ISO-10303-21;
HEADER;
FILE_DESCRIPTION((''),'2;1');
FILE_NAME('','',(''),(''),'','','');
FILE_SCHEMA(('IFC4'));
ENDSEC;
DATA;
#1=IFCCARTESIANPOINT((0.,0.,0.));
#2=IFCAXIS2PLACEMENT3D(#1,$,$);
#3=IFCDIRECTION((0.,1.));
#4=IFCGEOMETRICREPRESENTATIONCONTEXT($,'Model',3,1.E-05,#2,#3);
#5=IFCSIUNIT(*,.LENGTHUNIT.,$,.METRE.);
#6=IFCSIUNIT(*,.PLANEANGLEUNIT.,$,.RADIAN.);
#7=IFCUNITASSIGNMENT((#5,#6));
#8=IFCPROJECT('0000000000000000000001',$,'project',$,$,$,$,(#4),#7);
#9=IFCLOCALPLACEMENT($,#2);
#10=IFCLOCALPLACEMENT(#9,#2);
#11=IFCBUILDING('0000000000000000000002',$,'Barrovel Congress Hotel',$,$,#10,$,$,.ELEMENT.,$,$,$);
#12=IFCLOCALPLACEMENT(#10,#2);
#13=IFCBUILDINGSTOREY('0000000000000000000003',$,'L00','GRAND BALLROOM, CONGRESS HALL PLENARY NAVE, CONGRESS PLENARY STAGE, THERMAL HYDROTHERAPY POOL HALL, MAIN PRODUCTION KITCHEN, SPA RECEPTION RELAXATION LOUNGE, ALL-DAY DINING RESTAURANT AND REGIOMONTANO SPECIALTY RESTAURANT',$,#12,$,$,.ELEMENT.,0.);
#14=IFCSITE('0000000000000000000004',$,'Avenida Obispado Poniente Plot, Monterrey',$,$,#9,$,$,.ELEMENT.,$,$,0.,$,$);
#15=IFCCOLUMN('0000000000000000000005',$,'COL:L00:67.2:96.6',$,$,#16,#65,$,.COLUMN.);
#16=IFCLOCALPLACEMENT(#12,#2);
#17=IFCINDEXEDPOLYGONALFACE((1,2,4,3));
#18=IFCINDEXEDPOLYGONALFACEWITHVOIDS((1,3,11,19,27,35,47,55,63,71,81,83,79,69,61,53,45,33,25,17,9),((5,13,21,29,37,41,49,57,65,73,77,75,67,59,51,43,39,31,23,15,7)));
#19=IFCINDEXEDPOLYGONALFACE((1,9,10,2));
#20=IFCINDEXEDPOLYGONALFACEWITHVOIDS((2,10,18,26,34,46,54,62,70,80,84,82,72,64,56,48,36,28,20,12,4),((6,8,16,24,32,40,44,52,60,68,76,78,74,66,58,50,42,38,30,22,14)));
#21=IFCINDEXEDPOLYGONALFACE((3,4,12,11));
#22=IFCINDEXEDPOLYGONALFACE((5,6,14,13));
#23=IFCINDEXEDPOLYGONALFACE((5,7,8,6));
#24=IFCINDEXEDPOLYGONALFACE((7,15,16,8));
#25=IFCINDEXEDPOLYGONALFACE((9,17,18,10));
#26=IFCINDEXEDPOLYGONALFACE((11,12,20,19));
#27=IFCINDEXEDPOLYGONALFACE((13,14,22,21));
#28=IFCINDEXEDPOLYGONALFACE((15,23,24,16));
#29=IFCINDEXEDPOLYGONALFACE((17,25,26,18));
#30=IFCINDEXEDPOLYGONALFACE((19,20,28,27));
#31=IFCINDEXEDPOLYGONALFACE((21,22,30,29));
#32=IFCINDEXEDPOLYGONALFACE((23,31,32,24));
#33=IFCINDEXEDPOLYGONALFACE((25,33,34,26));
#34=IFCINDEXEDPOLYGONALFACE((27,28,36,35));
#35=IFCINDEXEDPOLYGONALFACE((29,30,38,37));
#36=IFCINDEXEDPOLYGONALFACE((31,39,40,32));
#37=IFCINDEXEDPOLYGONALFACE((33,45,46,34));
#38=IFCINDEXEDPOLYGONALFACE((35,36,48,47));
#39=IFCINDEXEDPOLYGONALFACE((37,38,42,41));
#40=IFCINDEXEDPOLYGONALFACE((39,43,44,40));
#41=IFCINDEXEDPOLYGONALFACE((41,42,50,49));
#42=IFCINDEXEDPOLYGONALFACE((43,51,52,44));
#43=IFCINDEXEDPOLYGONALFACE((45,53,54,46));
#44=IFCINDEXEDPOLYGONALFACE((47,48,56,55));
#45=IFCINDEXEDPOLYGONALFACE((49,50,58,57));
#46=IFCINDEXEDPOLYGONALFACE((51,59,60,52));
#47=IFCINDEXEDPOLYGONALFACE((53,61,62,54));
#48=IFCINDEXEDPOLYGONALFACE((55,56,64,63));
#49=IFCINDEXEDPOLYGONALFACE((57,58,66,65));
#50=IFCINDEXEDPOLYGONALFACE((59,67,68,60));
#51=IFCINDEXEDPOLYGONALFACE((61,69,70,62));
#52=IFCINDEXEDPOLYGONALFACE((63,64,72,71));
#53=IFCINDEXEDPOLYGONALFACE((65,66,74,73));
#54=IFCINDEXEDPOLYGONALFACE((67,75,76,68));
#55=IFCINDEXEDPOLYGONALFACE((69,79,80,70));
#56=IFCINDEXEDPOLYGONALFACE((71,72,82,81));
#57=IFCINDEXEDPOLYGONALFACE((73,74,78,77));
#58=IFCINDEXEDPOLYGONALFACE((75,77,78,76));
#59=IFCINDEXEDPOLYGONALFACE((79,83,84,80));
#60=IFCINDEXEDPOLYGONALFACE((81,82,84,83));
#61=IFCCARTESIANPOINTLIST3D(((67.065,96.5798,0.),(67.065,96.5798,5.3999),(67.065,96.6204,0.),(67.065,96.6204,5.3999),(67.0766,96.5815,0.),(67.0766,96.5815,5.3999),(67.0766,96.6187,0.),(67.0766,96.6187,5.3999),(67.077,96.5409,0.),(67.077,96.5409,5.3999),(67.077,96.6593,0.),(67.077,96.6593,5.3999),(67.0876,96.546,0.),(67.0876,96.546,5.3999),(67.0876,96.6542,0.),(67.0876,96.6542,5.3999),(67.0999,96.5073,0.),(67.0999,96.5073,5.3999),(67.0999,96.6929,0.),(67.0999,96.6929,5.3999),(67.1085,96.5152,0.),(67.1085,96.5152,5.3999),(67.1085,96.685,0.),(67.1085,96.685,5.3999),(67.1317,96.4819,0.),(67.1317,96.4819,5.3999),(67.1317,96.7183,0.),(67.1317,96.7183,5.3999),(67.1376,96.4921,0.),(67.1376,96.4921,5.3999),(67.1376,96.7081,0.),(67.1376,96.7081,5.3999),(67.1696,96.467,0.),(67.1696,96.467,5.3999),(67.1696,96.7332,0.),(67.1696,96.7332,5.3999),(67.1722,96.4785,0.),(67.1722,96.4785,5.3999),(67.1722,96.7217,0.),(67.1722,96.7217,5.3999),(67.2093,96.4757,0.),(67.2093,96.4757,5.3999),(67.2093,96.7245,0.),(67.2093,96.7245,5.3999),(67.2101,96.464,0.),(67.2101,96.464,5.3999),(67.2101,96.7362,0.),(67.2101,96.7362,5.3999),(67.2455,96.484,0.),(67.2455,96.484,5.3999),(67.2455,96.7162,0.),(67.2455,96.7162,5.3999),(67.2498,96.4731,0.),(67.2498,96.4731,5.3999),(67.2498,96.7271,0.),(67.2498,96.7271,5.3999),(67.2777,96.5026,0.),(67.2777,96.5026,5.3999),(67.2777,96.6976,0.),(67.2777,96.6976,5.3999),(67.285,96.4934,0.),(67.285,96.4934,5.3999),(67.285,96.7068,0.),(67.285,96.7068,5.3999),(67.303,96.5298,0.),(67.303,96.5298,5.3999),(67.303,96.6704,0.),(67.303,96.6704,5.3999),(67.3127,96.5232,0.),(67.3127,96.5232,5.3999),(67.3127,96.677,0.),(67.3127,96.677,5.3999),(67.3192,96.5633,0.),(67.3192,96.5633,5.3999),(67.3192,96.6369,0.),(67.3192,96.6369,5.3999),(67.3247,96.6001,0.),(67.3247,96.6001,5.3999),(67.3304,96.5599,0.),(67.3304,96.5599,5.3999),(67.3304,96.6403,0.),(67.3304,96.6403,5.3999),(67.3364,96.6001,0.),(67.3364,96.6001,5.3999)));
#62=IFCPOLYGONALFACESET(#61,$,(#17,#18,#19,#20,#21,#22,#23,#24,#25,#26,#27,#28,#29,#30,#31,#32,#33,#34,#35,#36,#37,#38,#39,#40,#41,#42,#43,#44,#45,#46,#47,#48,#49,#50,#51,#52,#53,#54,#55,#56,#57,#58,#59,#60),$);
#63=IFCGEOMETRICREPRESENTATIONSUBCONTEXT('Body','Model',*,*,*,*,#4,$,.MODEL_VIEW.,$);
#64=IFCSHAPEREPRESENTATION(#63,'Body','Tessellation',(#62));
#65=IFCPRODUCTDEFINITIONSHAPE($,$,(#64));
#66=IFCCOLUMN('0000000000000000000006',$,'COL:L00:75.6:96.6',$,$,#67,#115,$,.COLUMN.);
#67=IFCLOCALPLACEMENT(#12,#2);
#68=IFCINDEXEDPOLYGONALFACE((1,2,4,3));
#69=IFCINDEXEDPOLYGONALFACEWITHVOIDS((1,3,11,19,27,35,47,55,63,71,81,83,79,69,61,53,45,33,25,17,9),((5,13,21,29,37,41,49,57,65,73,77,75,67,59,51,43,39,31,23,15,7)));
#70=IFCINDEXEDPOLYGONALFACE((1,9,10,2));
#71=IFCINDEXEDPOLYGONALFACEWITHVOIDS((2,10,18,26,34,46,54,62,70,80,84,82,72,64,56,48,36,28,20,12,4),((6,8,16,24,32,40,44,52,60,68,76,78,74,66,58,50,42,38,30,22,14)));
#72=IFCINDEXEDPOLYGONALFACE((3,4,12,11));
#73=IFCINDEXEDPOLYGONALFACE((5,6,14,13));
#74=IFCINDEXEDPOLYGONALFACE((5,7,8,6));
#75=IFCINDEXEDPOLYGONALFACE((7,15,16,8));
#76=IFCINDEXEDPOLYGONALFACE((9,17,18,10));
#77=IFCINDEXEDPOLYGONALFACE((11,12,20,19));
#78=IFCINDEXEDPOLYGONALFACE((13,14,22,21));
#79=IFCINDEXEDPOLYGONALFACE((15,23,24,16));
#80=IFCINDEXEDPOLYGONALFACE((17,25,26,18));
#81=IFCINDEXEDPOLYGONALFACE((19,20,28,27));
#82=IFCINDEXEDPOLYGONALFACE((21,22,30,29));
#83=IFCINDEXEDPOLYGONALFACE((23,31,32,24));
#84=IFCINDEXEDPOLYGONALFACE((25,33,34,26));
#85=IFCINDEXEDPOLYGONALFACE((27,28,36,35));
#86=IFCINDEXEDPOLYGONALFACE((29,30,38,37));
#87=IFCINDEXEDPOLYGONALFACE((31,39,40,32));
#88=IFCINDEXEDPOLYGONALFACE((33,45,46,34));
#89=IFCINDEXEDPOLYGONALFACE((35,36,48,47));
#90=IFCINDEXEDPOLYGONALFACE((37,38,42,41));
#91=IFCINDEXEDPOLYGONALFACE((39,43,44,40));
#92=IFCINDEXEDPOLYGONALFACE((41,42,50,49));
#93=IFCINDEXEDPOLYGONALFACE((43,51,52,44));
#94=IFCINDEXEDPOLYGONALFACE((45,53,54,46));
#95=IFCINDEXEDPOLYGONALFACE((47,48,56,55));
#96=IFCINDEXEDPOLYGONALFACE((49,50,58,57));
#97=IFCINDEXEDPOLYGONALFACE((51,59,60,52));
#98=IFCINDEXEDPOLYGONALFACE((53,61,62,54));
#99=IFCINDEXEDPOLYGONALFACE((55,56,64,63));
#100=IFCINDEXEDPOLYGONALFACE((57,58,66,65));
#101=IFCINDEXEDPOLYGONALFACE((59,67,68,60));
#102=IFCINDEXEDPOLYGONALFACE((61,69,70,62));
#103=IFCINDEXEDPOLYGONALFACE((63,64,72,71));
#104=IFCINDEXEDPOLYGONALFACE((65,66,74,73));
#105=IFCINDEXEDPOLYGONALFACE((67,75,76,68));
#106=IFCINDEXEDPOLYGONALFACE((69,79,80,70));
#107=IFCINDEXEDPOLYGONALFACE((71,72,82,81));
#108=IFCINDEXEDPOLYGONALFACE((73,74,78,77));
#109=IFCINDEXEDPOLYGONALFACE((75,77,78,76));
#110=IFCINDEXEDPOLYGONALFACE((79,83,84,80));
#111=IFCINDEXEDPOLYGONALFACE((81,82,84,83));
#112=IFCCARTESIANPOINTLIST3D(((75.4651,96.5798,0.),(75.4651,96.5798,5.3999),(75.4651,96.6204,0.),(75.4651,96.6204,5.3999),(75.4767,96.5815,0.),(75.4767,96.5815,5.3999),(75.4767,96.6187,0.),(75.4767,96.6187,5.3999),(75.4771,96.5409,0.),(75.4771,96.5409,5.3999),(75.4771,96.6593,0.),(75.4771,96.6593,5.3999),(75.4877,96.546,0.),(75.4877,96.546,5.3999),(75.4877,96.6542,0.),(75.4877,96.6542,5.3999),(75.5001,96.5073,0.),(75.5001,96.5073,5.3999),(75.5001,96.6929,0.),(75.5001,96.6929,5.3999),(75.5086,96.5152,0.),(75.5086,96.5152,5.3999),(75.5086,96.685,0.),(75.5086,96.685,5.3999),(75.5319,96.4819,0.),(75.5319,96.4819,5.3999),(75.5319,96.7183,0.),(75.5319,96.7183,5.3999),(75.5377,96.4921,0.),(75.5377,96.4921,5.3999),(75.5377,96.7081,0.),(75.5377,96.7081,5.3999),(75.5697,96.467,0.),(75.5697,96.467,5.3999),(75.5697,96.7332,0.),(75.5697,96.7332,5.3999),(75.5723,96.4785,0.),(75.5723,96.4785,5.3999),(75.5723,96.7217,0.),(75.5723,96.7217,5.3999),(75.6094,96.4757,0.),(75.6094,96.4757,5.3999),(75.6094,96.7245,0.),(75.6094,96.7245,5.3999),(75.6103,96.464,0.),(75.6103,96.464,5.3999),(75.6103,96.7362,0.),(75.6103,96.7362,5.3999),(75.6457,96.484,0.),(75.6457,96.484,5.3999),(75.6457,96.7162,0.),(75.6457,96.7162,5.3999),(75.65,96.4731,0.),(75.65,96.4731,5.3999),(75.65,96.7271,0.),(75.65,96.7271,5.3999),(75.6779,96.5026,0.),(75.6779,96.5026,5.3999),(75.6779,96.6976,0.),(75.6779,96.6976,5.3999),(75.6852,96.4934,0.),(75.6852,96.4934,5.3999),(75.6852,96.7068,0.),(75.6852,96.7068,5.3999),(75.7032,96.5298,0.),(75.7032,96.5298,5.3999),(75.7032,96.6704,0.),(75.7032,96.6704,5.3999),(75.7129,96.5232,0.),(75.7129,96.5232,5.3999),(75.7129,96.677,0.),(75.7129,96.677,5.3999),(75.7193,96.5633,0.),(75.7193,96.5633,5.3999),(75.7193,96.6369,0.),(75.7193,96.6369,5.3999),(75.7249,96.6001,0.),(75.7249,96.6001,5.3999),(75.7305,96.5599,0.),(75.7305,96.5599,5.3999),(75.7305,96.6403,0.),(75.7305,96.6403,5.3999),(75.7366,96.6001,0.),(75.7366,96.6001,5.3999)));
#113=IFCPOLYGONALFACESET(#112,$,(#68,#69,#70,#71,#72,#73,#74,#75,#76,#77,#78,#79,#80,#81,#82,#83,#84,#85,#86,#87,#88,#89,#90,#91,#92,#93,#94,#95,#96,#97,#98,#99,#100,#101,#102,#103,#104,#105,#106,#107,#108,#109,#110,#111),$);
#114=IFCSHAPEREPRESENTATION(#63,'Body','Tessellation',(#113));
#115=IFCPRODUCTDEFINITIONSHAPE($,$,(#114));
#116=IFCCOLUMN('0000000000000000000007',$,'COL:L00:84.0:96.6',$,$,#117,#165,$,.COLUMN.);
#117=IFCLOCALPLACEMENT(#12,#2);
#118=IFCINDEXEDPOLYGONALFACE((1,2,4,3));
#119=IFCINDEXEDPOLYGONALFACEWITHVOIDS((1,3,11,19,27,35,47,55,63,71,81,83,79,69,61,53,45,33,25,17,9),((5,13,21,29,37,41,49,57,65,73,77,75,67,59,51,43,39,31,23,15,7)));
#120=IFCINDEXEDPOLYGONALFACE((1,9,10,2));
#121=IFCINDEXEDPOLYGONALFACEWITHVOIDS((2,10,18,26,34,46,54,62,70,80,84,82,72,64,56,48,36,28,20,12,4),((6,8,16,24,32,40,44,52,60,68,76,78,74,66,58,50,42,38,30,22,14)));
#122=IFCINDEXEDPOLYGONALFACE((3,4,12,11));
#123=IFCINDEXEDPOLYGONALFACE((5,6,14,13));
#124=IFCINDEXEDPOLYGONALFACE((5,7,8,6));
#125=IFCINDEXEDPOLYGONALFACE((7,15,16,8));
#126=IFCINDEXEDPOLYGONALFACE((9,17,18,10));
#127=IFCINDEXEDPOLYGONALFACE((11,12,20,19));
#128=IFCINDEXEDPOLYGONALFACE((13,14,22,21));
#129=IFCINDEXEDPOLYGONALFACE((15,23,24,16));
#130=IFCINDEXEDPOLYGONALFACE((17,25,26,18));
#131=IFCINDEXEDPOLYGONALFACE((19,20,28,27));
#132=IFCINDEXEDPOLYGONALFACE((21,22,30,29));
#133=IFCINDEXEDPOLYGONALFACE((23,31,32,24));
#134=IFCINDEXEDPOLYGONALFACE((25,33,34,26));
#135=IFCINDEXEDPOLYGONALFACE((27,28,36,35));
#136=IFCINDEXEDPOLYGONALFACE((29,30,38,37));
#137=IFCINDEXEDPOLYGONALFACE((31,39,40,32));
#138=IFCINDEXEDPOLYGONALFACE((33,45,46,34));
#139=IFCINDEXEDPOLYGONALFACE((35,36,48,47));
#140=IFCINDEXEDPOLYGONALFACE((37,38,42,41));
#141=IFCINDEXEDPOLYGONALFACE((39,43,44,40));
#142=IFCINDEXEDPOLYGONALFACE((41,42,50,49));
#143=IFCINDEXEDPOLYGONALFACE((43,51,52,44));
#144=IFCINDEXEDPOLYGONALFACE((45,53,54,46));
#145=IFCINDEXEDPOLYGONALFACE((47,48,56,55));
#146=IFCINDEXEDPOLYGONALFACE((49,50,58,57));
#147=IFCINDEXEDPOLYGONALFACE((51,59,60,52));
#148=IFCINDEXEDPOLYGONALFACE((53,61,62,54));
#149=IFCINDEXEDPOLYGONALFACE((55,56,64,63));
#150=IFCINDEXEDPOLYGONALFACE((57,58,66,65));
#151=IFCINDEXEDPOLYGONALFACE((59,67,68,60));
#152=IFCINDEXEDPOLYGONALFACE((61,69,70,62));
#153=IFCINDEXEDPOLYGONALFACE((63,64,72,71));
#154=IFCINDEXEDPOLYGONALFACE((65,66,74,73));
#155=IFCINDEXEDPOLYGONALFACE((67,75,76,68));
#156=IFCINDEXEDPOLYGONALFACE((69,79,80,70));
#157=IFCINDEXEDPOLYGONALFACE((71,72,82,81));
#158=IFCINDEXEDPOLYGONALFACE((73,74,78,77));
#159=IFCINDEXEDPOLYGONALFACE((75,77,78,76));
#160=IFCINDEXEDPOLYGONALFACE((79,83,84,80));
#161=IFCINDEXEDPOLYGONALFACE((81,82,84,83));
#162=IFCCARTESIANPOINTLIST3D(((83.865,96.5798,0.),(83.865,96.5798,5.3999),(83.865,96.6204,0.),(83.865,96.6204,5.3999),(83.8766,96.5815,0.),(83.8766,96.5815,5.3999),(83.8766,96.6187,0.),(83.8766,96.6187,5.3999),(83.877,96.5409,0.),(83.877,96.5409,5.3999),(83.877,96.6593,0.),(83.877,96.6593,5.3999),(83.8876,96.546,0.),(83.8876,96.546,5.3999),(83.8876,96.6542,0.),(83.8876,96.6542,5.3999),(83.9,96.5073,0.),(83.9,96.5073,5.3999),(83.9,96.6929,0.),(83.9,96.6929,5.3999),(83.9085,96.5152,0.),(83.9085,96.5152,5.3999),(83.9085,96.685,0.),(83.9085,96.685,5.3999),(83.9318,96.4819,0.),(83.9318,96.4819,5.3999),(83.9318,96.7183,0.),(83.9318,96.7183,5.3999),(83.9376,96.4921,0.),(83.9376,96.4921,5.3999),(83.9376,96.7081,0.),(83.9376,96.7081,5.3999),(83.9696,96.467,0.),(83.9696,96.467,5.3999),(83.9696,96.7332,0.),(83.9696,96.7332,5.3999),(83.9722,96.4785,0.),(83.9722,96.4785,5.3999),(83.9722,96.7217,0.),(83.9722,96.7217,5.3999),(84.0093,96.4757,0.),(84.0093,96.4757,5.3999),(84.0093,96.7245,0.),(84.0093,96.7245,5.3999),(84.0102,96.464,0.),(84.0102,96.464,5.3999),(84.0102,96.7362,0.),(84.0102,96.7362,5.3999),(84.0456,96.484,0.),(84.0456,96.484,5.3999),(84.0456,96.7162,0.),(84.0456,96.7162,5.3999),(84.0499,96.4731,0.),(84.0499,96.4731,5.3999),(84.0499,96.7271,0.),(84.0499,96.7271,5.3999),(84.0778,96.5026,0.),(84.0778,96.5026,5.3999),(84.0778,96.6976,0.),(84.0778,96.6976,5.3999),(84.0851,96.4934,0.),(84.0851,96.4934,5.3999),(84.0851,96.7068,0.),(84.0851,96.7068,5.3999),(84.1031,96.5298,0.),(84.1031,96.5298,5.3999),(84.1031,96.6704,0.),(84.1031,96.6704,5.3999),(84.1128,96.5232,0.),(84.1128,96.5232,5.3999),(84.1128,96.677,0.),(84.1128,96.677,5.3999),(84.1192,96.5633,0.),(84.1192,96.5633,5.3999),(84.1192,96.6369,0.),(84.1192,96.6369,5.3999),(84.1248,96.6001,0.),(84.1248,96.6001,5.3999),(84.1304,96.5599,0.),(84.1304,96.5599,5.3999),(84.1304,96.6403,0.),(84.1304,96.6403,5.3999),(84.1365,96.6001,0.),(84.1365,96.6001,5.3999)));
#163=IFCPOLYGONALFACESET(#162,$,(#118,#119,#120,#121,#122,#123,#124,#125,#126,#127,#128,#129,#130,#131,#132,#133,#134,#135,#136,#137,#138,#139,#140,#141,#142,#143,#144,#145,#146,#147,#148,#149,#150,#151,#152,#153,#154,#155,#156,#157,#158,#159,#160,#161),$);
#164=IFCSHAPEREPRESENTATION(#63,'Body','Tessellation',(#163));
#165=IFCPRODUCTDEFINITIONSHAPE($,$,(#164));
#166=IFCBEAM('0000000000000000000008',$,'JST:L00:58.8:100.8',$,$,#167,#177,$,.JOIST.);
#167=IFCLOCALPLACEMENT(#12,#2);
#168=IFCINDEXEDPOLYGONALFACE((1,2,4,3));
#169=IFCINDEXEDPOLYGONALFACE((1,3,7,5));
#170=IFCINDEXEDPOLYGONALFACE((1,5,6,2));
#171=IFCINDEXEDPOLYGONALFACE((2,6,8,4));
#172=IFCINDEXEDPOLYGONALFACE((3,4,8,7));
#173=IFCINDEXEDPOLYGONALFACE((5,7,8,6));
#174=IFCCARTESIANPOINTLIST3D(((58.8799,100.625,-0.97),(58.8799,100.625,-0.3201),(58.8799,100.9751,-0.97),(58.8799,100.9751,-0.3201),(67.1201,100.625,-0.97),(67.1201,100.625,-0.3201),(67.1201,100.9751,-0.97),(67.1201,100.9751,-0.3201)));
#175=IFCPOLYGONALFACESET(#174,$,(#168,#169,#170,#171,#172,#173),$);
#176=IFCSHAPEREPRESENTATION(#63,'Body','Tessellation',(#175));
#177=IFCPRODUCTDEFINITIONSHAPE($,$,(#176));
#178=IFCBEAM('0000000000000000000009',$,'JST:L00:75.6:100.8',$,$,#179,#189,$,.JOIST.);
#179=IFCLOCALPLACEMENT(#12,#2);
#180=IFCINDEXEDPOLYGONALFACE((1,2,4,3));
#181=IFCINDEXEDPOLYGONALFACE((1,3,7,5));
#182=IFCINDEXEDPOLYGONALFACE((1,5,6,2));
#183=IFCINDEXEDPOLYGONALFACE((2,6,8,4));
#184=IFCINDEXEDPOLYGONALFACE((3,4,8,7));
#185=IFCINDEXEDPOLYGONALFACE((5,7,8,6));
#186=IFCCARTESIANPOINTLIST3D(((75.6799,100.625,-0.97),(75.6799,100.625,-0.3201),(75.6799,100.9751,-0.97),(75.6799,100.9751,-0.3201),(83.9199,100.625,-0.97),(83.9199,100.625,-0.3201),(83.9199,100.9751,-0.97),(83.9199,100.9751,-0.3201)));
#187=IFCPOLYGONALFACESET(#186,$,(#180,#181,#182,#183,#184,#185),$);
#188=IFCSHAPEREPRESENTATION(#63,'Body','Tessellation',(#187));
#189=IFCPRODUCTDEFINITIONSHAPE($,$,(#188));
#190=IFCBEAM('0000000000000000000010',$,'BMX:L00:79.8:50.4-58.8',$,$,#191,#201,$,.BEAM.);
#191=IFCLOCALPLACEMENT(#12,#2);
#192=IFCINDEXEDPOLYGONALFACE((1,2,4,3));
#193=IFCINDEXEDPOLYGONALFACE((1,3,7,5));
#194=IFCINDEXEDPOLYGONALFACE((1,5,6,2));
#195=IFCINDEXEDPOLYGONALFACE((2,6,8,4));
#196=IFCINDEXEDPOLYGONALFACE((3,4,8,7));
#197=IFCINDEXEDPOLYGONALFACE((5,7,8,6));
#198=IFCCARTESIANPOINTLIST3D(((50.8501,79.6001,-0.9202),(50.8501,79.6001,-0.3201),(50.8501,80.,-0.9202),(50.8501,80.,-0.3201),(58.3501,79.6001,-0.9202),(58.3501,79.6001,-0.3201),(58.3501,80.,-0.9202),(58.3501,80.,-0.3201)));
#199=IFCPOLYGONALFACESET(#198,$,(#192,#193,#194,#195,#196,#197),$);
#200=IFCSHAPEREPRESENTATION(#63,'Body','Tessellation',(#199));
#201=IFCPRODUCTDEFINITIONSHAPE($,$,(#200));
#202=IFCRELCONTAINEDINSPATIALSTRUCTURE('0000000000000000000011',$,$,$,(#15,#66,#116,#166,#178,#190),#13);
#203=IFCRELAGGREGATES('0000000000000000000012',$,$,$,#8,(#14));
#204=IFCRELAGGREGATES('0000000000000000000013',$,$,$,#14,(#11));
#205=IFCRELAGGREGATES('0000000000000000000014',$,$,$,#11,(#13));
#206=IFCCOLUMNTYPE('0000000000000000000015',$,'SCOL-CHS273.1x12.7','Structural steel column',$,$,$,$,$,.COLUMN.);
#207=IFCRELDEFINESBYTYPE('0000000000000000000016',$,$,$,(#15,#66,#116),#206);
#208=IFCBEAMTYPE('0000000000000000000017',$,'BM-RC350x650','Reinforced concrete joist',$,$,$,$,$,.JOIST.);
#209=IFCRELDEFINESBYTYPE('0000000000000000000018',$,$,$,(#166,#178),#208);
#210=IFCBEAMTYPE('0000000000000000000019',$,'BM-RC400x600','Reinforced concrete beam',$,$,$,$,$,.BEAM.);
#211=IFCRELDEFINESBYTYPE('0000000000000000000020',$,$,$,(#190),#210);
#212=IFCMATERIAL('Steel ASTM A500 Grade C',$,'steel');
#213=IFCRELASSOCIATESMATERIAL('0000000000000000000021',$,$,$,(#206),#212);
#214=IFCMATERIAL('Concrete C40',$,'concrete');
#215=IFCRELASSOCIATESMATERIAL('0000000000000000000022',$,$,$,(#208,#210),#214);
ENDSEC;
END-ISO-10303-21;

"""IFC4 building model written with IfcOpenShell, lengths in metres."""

from ifc_helpers import new_model, si_unit, direction, frame, origin, origin_2d, place, context, subcontext, project, spatial, rectangle, hollow_circle, extrude, material, material_profile, profile_set, type_object, element, save


model = new_model("IFC4")

# Units and contexts
model_context = context("Model", 3, precision=1e-05, world=origin(), true_north=direction((0.0, 1.0)))
body_context = subcontext(model_context, "Body", "Model", "MODEL_VIEW")
ifc_project = project(units=[si_unit("LENGTHUNIT", "METRE"), si_unit("PLANEANGLEUNIT", "RADIAN")], contexts=[model_context])

# Site, building, storey
site_placement = place(None, origin())
site = spatial("IfcSite", under=ifc_project, at=site_placement, Name="Avenida Obispado Poniente Plot, Monterrey", CompositionType="ELEMENT", RefElevation=0.0)
building_placement = place(site_placement, origin())
building = spatial("IfcBuilding", under=site, at=building_placement, Name="Barrovel Congress Hotel", CompositionType="ELEMENT")
storey_placement = place(building_placement, origin())
storey = spatial("IfcBuildingStorey", under=building, at=storey_placement, Name="L00", Description="GRAND BALLROOM, CONGRESS HALL PLENARY NAVE, CONGRESS PLENARY STAGE, THERMAL HYDROTHERAPY POOL HALL, MAIN PRODUCTION KITCHEN, SPA RECEPTION RELAXATION LOUNGE, ALL-DAY DINING RESTAURANT AND REGIOMONTANO SPECIALTY RESTAURANT", CompositionType="ELEMENT", Elevation=0.0)

# Shared definitions
ifc_material_1 = material(Name="Concrete C40", Category="concrete")

# Columns
ifc_material_2 = material(Name="Steel ASTM A500 Grade C", Category="steel")
ifc_material_profile_1 = material_profile(ifc_material_2, hollow_circle(Radius=0.1365, WallThickness=0.0117, at=origin_2d()), Name="CHS273.1x12.7")
ifc_profile_set_1 = profile_set([ifc_material_profile_1], Name="Steel ASTM A500 Grade C")
column_type_1 = type_object("IfcColumnType", Name="SCOL-CHS273.1x12.7", Description="Structural steel column", PredefinedType="COLUMN", material=ifc_profile_set_1)
for number, where, z_axis, x_axis, name in (
    (1, (67.2, 96.6001, 0.0), (0.0, 0.0, 1.0), (1.0, 0.0, 0.0), "COL:L00:67.2:96.6"),
    (2, (75.6001, 96.6001, 0.0), (0.0, 0.0, 1.0), (1.0, 0.0, 0.0), "COL:L00:75.6:96.6"),
    (3, (84.0, 96.6001, 0.0), (0.0, 0.0, 1.0), (1.0, 0.0, 0.0), "COL:L00:84.0:96.6"),
):
    element("IfcColumn", number, at=place(storey_placement, frame(where, z_axis=z_axis, x_axis=x_axis)), inside=storey, type_object=column_type_1, Name=name, PredefinedType="COLUMN", context=body_context, shape_type="SweptSolid", body=[
        extrude(hollow_circle(Radius=0.1365, WallThickness=0.0117, at=origin_2d()), origin(), (0.0, 0.0, 1.0), 5.3999),
    ])

# Beams
ifc_material_profile_2 = material_profile(ifc_material_1, rectangle(XDim=0.3501, YDim=0.6499, at=origin_2d()), Name="RC350x650")
ifc_profile_set_2 = profile_set([ifc_material_profile_2], Name="Concrete C40")
beam_type_1 = type_object("IfcBeamType", Name="BM-RC350x650", Description="Reinforced concrete joist", PredefinedType="JOIST", material=ifc_profile_set_2)
beam_1_placement = place(storey_placement, frame((58.8799, 100.8, -0.645), z_axis=(1.0, 0.0, 0.0), x_axis=(0.0, 1.0, 0.0)))
element("IfcBeam", 4, at=beam_1_placement, inside=storey, type_object=beam_type_1, Name="JST:L00:58.8:100.8", PredefinedType="JOIST", context=body_context, shape_type="SweptSolid", body=[
    extrude(rectangle(XDim=0.3501, YDim=0.6499, at=origin_2d()), origin(), (0.0, 0.0, 1.0), 8.2402),
])
beam_2_placement = place(storey_placement, frame((75.6799, 100.8, -0.645), z_axis=(1.0, 0.0, 0.0), x_axis=(0.0, 1.0, 0.0)))
element("IfcBeam", 5, at=beam_2_placement, inside=storey, type_object=beam_type_1, Name="JST:L00:75.6:100.8", PredefinedType="JOIST", context=body_context, shape_type="SweptSolid", body=[
    extrude(rectangle(XDim=0.3501, YDim=0.6499, at=origin_2d()), origin(), (0.0, 0.0, 1.0), 8.24),
])
ifc_material_profile_3 = material_profile(ifc_material_1, rectangle(XDim=0.3999, YDim=0.6001, at=origin_2d()), Name="RC400x600")
ifc_profile_set_3 = profile_set([ifc_material_profile_3], Name="Concrete C40")
beam_type_2 = type_object("IfcBeamType", Name="BM-RC400x600", Description="Reinforced concrete beam", PredefinedType="BEAM", material=ifc_profile_set_3)
beam_3_placement = place(storey_placement, frame((50.8501, 79.8, -0.6201), z_axis=(1.0, 0.0, 0.0), x_axis=(0.0, 1.0, 0.0)))
element("IfcBeam", 6, at=beam_3_placement, inside=storey, type_object=beam_type_2, Name="BMX:L00:79.8:50.4-58.8", PredefinedType="BEAM", context=body_context, shape_type="SweptSolid", body=[
    extrude(rectangle(XDim=0.3999, YDim=0.6001, at=origin_2d()), origin(), (0.0, 0.0, 1.0), 7.5),
])

save(model, "model.ifc")
